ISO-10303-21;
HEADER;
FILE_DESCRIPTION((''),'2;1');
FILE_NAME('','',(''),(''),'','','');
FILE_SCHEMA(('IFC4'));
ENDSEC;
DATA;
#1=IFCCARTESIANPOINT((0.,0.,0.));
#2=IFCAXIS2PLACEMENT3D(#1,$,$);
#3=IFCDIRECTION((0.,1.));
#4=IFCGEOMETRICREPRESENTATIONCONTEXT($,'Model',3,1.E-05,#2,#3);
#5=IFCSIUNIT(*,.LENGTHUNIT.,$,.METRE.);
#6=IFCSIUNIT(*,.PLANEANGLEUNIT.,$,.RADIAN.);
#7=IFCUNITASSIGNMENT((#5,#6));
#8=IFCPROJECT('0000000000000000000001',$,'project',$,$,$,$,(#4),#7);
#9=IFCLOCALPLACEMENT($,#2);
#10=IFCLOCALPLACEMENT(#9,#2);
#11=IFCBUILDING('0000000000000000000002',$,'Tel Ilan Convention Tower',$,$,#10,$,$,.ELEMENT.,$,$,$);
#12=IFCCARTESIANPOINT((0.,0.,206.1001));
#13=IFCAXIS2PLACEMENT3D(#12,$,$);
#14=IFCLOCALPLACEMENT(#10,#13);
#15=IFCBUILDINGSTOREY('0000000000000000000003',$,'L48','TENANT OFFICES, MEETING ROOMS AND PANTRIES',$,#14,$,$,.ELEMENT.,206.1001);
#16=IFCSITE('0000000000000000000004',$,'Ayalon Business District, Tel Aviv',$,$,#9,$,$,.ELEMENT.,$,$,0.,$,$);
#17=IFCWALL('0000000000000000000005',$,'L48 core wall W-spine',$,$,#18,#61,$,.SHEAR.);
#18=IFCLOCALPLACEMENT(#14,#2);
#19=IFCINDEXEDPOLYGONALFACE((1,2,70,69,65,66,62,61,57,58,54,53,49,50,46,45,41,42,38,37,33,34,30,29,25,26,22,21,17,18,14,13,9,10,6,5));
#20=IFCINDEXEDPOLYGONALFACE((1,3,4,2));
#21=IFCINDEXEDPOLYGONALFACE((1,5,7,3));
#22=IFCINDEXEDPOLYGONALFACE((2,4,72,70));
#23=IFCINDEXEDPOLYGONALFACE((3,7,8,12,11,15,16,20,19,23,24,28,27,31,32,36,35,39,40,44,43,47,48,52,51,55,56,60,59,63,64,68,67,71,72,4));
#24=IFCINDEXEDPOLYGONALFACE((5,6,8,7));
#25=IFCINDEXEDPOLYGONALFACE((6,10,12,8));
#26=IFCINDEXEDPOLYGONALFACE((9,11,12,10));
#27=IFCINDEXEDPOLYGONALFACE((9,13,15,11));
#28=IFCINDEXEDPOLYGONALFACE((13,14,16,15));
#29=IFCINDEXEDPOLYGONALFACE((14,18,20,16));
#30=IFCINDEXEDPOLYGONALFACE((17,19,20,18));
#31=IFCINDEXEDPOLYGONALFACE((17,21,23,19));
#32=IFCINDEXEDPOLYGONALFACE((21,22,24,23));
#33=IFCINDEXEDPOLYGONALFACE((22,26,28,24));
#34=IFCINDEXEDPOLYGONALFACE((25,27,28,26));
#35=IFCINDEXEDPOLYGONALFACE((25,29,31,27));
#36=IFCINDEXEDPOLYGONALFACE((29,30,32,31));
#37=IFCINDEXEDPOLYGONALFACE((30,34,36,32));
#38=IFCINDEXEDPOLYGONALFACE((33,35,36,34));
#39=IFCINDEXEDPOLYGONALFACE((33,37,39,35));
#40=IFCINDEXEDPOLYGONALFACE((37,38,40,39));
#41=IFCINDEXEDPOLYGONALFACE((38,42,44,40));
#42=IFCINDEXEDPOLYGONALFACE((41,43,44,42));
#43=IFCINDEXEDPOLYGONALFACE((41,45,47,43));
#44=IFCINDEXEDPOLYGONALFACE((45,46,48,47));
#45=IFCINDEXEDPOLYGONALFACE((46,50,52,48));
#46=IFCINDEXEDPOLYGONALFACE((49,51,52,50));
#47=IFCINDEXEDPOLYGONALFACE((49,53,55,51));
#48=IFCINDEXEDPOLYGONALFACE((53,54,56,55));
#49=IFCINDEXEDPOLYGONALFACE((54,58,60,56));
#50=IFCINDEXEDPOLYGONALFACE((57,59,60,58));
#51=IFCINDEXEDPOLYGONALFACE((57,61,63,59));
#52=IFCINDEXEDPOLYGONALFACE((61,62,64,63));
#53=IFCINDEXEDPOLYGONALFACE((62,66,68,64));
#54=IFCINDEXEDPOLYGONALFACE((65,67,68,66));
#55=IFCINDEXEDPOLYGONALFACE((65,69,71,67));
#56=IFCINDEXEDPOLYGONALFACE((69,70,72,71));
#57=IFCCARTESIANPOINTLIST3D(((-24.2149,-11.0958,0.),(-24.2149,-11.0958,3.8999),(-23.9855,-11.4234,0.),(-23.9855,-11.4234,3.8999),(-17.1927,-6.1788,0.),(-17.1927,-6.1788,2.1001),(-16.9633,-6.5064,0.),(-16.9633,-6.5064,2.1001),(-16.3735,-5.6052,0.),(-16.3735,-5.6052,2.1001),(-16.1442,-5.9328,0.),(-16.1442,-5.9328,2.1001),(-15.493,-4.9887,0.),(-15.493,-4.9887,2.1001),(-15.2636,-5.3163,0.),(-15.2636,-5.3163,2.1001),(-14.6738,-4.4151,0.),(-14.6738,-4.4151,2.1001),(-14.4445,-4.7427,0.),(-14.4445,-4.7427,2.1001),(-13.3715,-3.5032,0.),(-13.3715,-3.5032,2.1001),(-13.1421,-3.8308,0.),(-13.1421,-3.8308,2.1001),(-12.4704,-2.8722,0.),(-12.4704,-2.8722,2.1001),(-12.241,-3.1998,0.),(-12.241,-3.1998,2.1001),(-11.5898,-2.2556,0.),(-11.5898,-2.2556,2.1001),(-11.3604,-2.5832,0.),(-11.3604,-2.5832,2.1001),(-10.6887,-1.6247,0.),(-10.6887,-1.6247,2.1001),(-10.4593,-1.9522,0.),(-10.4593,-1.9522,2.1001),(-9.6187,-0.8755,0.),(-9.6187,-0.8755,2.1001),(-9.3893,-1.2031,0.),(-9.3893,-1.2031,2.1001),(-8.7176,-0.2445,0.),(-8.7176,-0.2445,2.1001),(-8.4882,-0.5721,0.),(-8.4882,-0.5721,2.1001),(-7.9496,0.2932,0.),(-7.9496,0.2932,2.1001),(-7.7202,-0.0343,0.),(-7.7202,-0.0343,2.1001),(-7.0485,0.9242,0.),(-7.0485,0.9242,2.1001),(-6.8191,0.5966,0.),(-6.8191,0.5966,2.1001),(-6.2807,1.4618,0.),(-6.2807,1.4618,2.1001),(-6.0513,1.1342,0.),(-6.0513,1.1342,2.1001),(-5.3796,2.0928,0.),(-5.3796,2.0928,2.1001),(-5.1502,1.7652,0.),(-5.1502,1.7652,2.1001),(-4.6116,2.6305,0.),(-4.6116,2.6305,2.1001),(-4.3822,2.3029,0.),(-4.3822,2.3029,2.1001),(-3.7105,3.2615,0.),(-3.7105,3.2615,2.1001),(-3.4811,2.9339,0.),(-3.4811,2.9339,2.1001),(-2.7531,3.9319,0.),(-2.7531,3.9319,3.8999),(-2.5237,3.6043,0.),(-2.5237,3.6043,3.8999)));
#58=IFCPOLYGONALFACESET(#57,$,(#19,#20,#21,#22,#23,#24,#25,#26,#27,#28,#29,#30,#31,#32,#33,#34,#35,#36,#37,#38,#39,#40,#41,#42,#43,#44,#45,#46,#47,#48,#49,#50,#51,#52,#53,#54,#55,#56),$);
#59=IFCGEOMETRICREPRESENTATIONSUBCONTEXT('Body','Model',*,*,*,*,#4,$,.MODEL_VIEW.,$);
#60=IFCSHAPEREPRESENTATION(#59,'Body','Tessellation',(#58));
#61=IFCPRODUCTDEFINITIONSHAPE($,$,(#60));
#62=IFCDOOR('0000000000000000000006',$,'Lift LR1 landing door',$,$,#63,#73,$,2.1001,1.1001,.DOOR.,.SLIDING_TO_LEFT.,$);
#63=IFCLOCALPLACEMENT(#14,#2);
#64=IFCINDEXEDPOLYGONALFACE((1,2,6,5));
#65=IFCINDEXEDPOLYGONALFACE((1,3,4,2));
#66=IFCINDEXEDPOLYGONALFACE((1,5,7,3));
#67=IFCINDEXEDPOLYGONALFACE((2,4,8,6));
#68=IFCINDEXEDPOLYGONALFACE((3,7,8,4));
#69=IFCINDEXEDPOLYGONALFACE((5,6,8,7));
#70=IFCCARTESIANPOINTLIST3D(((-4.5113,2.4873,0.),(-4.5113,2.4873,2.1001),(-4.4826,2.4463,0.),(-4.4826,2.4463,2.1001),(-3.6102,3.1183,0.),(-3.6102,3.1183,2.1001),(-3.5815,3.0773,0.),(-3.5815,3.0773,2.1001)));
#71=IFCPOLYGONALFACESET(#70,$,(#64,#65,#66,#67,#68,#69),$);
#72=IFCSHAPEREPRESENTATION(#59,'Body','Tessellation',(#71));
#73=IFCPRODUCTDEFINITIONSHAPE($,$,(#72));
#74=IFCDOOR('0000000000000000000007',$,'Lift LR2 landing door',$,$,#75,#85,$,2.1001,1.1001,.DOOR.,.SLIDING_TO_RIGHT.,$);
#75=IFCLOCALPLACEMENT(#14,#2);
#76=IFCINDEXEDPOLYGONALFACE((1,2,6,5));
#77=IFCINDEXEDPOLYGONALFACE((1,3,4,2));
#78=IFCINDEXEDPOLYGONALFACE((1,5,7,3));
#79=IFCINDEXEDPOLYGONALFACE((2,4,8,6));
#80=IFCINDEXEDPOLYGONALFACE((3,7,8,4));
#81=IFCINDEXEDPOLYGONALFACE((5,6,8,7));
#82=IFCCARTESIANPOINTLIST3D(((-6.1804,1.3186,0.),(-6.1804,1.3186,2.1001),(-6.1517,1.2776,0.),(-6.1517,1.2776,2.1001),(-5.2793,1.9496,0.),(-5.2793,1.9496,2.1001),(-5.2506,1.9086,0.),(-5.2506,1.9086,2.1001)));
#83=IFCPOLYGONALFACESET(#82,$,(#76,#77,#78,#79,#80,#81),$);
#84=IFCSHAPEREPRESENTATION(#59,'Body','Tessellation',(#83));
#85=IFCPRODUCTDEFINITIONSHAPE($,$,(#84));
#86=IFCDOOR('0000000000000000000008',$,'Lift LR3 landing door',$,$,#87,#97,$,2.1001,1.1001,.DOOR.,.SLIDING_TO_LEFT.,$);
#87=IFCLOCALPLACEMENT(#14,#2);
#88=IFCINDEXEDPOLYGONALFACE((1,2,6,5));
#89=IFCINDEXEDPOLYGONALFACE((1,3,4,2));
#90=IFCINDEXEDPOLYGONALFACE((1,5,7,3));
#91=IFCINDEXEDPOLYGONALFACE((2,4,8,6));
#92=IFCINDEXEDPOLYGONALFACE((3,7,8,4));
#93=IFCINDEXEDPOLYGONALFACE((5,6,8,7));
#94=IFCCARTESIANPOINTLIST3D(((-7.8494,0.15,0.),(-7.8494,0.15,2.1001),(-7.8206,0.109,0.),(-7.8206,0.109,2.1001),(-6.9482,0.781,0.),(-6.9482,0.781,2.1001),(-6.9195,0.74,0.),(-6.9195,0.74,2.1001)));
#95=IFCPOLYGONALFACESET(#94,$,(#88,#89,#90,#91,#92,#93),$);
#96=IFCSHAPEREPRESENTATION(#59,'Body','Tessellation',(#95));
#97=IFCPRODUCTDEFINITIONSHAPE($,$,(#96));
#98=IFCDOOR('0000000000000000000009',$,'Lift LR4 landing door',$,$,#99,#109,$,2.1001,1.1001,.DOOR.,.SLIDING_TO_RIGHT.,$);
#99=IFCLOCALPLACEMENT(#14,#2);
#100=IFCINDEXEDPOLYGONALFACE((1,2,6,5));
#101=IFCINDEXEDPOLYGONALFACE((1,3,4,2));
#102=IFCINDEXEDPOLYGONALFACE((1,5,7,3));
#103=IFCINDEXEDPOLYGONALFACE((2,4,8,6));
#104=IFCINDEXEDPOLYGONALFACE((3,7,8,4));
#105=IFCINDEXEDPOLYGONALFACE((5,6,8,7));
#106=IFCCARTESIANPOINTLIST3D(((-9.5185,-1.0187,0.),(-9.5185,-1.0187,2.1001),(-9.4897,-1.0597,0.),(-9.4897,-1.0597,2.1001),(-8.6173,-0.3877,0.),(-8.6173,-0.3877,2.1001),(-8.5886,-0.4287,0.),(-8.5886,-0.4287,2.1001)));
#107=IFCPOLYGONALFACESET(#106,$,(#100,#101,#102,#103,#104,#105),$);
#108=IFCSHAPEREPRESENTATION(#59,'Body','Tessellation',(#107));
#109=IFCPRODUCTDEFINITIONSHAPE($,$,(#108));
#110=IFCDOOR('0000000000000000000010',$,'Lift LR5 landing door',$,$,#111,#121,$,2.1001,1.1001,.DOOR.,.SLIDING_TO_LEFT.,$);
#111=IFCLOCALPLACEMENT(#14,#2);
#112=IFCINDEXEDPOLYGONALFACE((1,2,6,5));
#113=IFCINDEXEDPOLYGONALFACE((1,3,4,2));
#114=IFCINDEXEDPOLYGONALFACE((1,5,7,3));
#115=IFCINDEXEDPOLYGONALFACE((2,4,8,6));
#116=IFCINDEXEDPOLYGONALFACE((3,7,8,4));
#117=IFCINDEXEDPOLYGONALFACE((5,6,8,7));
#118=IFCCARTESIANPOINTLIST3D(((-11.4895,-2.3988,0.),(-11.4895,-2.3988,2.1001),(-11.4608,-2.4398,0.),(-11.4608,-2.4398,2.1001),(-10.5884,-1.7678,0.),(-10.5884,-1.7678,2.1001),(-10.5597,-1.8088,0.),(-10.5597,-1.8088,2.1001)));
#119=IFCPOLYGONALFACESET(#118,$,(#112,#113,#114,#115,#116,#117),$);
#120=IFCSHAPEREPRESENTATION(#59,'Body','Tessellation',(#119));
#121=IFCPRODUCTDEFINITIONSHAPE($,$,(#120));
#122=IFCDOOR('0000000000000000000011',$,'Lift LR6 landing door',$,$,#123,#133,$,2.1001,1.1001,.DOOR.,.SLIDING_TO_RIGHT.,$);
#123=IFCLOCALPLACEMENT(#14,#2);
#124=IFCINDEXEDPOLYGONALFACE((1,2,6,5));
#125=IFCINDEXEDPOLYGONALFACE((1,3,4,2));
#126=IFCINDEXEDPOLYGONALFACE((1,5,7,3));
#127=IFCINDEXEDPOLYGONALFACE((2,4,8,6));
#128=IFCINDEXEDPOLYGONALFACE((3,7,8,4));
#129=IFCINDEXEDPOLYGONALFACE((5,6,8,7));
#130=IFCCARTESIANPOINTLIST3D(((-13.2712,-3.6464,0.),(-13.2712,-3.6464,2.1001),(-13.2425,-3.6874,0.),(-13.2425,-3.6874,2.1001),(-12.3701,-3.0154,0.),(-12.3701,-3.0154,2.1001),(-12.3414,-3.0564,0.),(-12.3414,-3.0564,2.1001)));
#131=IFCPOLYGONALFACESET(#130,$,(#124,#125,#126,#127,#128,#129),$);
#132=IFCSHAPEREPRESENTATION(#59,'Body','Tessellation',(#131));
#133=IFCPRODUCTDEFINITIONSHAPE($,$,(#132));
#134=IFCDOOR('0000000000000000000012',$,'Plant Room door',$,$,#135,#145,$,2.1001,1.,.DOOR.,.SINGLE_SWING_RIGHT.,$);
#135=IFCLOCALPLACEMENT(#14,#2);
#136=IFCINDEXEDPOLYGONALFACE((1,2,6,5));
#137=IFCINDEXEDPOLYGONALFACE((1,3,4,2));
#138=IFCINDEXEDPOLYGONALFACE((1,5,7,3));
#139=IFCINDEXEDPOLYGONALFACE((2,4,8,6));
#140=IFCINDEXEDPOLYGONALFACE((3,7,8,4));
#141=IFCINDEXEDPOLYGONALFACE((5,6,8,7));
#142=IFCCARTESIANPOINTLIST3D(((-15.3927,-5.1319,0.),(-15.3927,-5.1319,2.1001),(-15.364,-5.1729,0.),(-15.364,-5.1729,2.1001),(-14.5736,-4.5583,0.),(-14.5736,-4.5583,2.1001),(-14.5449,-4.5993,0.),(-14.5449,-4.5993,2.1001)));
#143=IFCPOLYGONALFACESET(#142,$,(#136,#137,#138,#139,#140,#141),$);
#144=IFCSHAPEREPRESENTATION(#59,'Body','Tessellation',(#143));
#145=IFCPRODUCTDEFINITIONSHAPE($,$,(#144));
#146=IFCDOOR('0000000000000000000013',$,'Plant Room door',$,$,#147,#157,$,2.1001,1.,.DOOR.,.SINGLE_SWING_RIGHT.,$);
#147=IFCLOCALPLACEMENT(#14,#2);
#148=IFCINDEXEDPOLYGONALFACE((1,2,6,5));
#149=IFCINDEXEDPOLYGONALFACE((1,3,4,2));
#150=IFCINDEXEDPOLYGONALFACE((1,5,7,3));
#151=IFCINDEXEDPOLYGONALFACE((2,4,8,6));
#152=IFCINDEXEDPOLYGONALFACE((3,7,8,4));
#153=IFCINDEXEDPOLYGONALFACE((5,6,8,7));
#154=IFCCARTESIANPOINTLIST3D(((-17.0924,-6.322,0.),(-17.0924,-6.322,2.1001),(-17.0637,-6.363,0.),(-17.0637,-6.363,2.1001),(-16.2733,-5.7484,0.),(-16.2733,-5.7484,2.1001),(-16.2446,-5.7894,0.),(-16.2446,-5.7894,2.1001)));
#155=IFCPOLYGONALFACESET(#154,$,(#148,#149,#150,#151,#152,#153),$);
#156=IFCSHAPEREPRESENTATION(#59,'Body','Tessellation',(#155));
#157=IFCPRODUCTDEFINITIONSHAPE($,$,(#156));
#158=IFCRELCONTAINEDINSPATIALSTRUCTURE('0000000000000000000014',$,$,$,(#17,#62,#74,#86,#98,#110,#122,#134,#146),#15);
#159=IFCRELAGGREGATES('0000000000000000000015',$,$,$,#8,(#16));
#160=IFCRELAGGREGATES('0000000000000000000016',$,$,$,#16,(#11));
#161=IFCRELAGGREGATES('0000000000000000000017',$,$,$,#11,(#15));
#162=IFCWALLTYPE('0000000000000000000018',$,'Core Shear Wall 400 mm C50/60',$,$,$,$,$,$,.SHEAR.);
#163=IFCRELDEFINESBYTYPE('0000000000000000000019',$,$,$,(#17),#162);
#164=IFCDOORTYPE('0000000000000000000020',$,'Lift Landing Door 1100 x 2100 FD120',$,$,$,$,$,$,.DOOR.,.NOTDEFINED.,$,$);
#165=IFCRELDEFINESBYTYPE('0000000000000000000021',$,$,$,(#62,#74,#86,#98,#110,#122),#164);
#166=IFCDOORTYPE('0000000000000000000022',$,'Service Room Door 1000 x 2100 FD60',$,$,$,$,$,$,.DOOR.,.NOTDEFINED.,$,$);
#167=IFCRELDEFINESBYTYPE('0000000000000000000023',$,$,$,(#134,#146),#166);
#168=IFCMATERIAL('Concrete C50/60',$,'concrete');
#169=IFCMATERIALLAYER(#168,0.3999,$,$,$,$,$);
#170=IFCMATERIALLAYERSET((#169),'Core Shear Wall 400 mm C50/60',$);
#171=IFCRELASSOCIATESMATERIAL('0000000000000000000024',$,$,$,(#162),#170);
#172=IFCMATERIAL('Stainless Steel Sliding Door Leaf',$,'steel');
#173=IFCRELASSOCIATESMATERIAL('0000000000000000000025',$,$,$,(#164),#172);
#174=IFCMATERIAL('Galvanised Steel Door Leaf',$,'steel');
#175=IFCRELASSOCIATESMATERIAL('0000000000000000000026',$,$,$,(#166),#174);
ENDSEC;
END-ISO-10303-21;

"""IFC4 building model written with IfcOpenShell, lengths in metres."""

from ifc_helpers import new_model, si_unit, direction, frame, frame_2d, origin, place, context, subcontext, project, spatial, polyline, rectangle, outline, extrude, material, layer, layer_set, type_object, element, fill, save


model = new_model("IFC4")

# Units and contexts
model_context = context("Model", 3, precision=1e-05, world=origin(), true_north=direction((0.0, 1.0)))
body_context = subcontext(model_context, "Body", "Model", "MODEL_VIEW")
ifc_project = project(units=[si_unit("LENGTHUNIT", "METRE"), si_unit("PLANEANGLEUNIT", "RADIAN")], contexts=[model_context])

# Site, building, storey
site_placement = place(None, origin())
site = spatial("IfcSite", under=ifc_project, at=site_placement, Name="Ayalon Business District, Tel Aviv", CompositionType="ELEMENT", RefElevation=0.0)
building_placement = place(site_placement, origin())
building = spatial("IfcBuilding", under=site, at=building_placement, Name="Tel Ilan Convention Tower", CompositionType="ELEMENT")
storey_placement = place(building_placement, frame((0.0, 0.0, 206.1001)))
storey = spatial("IfcBuildingStorey", under=building, at=storey_placement, Name="L48", Description="TENANT OFFICES, MEETING ROOMS AND PANTRIES", CompositionType="ELEMENT", Elevation=206.1001)

# Wall, openings, doors
ifc_material_1 = material(Name="Concrete C50/60", Category="concrete")
ifc_layer_1 = layer(ifc_material_1, 0.3999)
ifc_layer_set_1 = layer_set([ifc_layer_1], Name="Core Shear Wall 400 mm C50/60")
wall_type_1 = type_object("IfcWallType", Name="Core Shear Wall 400 mm C50/60", PredefinedType="SHEAR", material=ifc_layer_set_1)
wall_1_placement = place(storey_placement, frame((-2.6384, 3.7681, 0.0), z_axis=(0.0, 0.0, 1.0), x_axis=(-0.819153, -0.573576, 0.0)))
wall_1 = element("IfcWall", 1, at=wall_1_placement, inside=storey, type_object=wall_type_1, Name="L48 core wall W-spine", PredefinedType="SHEAR", context=body_context, shape_type="SweptSolid", body=[
    extrude(outline(polyline([(26.2, 0.2), (0.0, 0.2), (0.0, -0.2), (26.2, -0.2), (26.2, 0.2)])), origin(), (0.0, 0.0, 1.0), 3.8999),
])
opening_1_placement = place(wall_1_placement, frame((1.1687, 0.0, 0.0)))
opening_1 = element("IfcOpeningElement", 2, at=opening_1_placement, cuts=wall_1, PredefinedType="OPENING", context=body_context, shape_type="SweptSolid", body=[
    extrude(rectangle(XDim=1.1001, YDim=2.1001, at=frame_2d((0.55, 1.05))), frame((0.0, 0.21, 0.0), z_axis=(0.0, -1.0, 0.0), x_axis=(1.0, 0.0, 0.0)), (0.0, 0.0, 1.0), 0.4199),
])
opening_2_placement = place(wall_1_placement, frame((3.2063, 0.0, 0.0)))
opening_2 = element("IfcOpeningElement", 3, at=opening_2_placement, cuts=wall_1, PredefinedType="OPENING", context=body_context, shape_type="SweptSolid", body=[
    extrude(rectangle(XDim=1.1001, YDim=2.1001, at=frame_2d((0.55, 1.05))), frame((0.0, 0.21, 0.0), z_axis=(0.0, -1.0, 0.0), x_axis=(1.0, 0.0, 0.0)), (0.0, 0.0, 1.0), 0.4199),
])
opening_3_placement = place(wall_1_placement, frame((5.2437, 0.0, 0.0)))
opening_3 = element("IfcOpeningElement", 4, at=opening_3_placement, cuts=wall_1, PredefinedType="OPENING", context=body_context, shape_type="SweptSolid", body=[
    extrude(rectangle(XDim=1.1001, YDim=2.1001, at=frame_2d((0.55, 1.05))), frame((0.0, 0.21, 0.0), z_axis=(0.0, -1.0, 0.0), x_axis=(1.0, 0.0, 0.0)), (0.0, 0.0, 1.0), 0.4199),
])
opening_4_placement = place(wall_1_placement, frame((7.2812, 0.0, 0.0)))
opening_4 = element("IfcOpeningElement", 5, at=opening_4_placement, cuts=wall_1, PredefinedType="OPENING", context=body_context, shape_type="SweptSolid", body=[
    extrude(rectangle(XDim=1.1001, YDim=2.1001, at=frame_2d((0.55, 1.05))), frame((0.0, 0.21, 0.0), z_axis=(0.0, -1.0, 0.0), x_axis=(1.0, 0.0, 0.0)), (0.0, 0.0, 1.0), 0.4199),
])
opening_5_placement = place(wall_1_placement, frame((9.6875, 0.0, 0.0)))
opening_5 = element("IfcOpeningElement", 6, at=opening_5_placement, cuts=wall_1, PredefinedType="OPENING", context=body_context, shape_type="SweptSolid", body=[
    extrude(rectangle(XDim=1.1001, YDim=2.1001, at=frame_2d((0.55, 1.05))), frame((0.0, 0.21, 0.0), z_axis=(0.0, -1.0, 0.0), x_axis=(1.0, 0.0, 0.0)), (0.0, 0.0, 1.0), 0.4199),
])
opening_6_placement = place(wall_1_placement, frame((11.8625, 0.0, 0.0)))
opening_6 = element("IfcOpeningElement", 7, at=opening_6_placement, cuts=wall_1, PredefinedType="OPENING", context=body_context, shape_type="SweptSolid", body=[
    extrude(rectangle(XDim=1.1001, YDim=2.1001, at=frame_2d((0.55, 1.05))), frame((0.0, 0.21, 0.0), z_axis=(0.0, -1.0, 0.0), x_axis=(1.0, 0.0, 0.0)), (0.0, 0.0, 1.0), 0.4199),
])
opening_7_placement = place(wall_1_placement, frame((14.5525, 0.0, 0.0)))
opening_7 = element("IfcOpeningElement", 8, at=opening_7_placement, cuts=wall_1, PredefinedType="OPENING", context=body_context, shape_type="SweptSolid", body=[
    extrude(rectangle(XDim=1.0, YDim=2.1001, at=frame_2d((0.5, 1.05))), frame((0.0, 0.21, 0.0), z_axis=(0.0, -1.0, 0.0), x_axis=(1.0, 0.0, 0.0)), (0.0, 0.0, 1.0), 0.4199),
])
opening_8_placement = place(wall_1_placement, frame((16.6274, 0.0, 0.0)))
opening_8 = element("IfcOpeningElement", 9, at=opening_8_placement, cuts=wall_1, PredefinedType="OPENING", context=body_context, shape_type="SweptSolid", body=[
    extrude(rectangle(XDim=1.0, YDim=2.1001, at=frame_2d((0.5, 1.05))), frame((0.0, 0.21, 0.0), z_axis=(0.0, -1.0, 0.0), x_axis=(1.0, 0.0, 0.0)), (0.0, 0.0, 1.0), 0.4199),
])
ifc_material_2 = material(Name="Stainless Steel Sliding Door Leaf", Category="steel")
door_type_1 = type_object("IfcDoorType", Name="Lift Landing Door 1100 x 2100 FD120", OperationType="NOTDEFINED", PredefinedType="DOOR", material=ifc_material_2)
door_1_placement = place(opening_1_placement, origin())
door_1 = element("IfcDoor", 10, at=door_1_placement, inside=storey, type_object=door_type_1, Name="Lift LR1 landing door", OperationType="SLIDING_TO_LEFT", OverallHeight=2.1001, OverallWidth=1.1001, PredefinedType="DOOR", context=body_context, shape_type="SweptSolid", body=[
    extrude(rectangle(XDim=1.1001, YDim=2.1001, at=frame_2d((0.55, 1.05))), frame((0.0, 0.0249, 0.0), z_axis=(0.0, -1.0, 0.0), x_axis=(1.0, 0.0, 0.0)), (0.0, 0.0, 1.0), 0.05),
])
fill(opening_1, door_1)
door_2_placement = place(opening_2_placement, origin())
door_2 = element("IfcDoor", 11, at=door_2_placement, inside=storey, type_object=door_type_1, Name="Lift LR2 landing door", OperationType="SLIDING_TO_RIGHT", OverallHeight=2.1001, OverallWidth=1.1001, PredefinedType="DOOR", context=body_context, shape_type="SweptSolid", body=[
    extrude(rectangle(XDim=1.1001, YDim=2.1001, at=frame_2d((0.55, 1.05))), frame((0.0, 0.0249, 0.0), z_axis=(0.0, -1.0, 0.0), x_axis=(1.0, 0.0, 0.0)), (0.0, 0.0, 1.0), 0.05),
])
fill(opening_2, door_2)
door_3_placement = place(opening_3_placement, origin())
door_3 = element("IfcDoor", 12, at=door_3_placement, inside=storey, type_object=door_type_1, Name="Lift LR3 landing door", OperationType="SLIDING_TO_LEFT", OverallHeight=2.1001, OverallWidth=1.1001, PredefinedType="DOOR", context=body_context, shape_type="SweptSolid", body=[
    extrude(rectangle(XDim=1.1001, YDim=2.1001, at=frame_2d((0.55, 1.05))), frame((0.0, 0.0249, 0.0), z_axis=(0.0, -1.0, 0.0), x_axis=(1.0, 0.0, 0.0)), (0.0, 0.0, 1.0), 0.05),
])
fill(opening_3, door_3)
door_4_placement = place(opening_4_placement, origin())
door_4 = element("IfcDoor", 13, at=door_4_placement, inside=storey, type_object=door_type_1, Name="Lift LR4 landing door", OperationType="SLIDING_TO_RIGHT", OverallHeight=2.1001, OverallWidth=1.1001, PredefinedType="DOOR", context=body_context, shape_type="SweptSolid", body=[
    extrude(rectangle(XDim=1.1001, YDim=2.1001, at=frame_2d((0.55, 1.05))), frame((0.0, 0.0249, 0.0), z_axis=(0.0, -1.0, 0.0), x_axis=(1.0, 0.0, 0.0)), (0.0, 0.0, 1.0), 0.05),
])
fill(opening_4, door_4)
door_5_placement = place(opening_5_placement, origin())
door_5 = element("IfcDoor", 14, at=door_5_placement, inside=storey, type_object=door_type_1, Name="Lift LR5 landing door", OperationType="SLIDING_TO_LEFT", OverallHeight=2.1001, OverallWidth=1.1001, PredefinedType="DOOR", context=body_context, shape_type="SweptSolid", body=[
    extrude(rectangle(XDim=1.1001, YDim=2.1001, at=frame_2d((0.55, 1.05))), frame((0.0, 0.0249, 0.0), z_axis=(0.0, -1.0, 0.0), x_axis=(1.0, 0.0, 0.0)), (0.0, 0.0, 1.0), 0.05),
])
fill(opening_5, door_5)
door_6_placement = place(opening_6_placement, origin())
door_6 = element("IfcDoor", 15, at=door_6_placement, inside=storey, type_object=door_type_1, Name="Lift LR6 landing door", OperationType="SLIDING_TO_RIGHT", OverallHeight=2.1001, OverallWidth=1.1001, PredefinedType="DOOR", context=body_context, shape_type="SweptSolid", body=[
    extrude(rectangle(XDim=1.1001, YDim=2.1001, at=frame_2d((0.55, 1.05))), frame((0.0, 0.0249, 0.0), z_axis=(0.0, -1.0, 0.0), x_axis=(1.0, 0.0, 0.0)), (0.0, 0.0, 1.0), 0.05),
])
fill(opening_6, door_6)
ifc_material_3 = material(Name="Galvanised Steel Door Leaf", Category="steel")
door_type_2 = type_object("IfcDoorType", Name="Service Room Door 1000 x 2100 FD60", OperationType="NOTDEFINED", PredefinedType="DOOR", material=ifc_material_3)
door_7_placement = place(opening_7_placement, origin())
door_7 = element("IfcDoor", 16, at=door_7_placement, inside=storey, type_object=door_type_2, Name="Plant Room door", OperationType="SINGLE_SWING_RIGHT", OverallHeight=2.1001, OverallWidth=1.0, PredefinedType="DOOR", context=body_context, shape_type="SweptSolid", body=[
    extrude(rectangle(XDim=1.0, YDim=2.1001, at=frame_2d((0.5, 1.05))), frame((0.0, 0.0249, 0.0), z_axis=(0.0, -1.0, 0.0), x_axis=(1.0, 0.0, 0.0)), (0.0, 0.0, 1.0), 0.05),
])
fill(opening_7, door_7)
door_8_placement = place(opening_8_placement, origin())
door_8 = element("IfcDoor", 17, at=door_8_placement, inside=storey, type_object=door_type_2, Name="Plant Room door", OperationType="SINGLE_SWING_RIGHT", OverallHeight=2.1001, OverallWidth=1.0, PredefinedType="DOOR", context=body_context, shape_type="SweptSolid", body=[
    extrude(rectangle(XDim=1.0, YDim=2.1001, at=frame_2d((0.5, 1.05))), frame((0.0, 0.0249, 0.0), z_axis=(0.0, -1.0, 0.0), x_axis=(1.0, 0.0, 0.0)), (0.0, 0.0, 1.0), 0.05),
])
fill(opening_8, door_8)

save(model, "model.ifc")
